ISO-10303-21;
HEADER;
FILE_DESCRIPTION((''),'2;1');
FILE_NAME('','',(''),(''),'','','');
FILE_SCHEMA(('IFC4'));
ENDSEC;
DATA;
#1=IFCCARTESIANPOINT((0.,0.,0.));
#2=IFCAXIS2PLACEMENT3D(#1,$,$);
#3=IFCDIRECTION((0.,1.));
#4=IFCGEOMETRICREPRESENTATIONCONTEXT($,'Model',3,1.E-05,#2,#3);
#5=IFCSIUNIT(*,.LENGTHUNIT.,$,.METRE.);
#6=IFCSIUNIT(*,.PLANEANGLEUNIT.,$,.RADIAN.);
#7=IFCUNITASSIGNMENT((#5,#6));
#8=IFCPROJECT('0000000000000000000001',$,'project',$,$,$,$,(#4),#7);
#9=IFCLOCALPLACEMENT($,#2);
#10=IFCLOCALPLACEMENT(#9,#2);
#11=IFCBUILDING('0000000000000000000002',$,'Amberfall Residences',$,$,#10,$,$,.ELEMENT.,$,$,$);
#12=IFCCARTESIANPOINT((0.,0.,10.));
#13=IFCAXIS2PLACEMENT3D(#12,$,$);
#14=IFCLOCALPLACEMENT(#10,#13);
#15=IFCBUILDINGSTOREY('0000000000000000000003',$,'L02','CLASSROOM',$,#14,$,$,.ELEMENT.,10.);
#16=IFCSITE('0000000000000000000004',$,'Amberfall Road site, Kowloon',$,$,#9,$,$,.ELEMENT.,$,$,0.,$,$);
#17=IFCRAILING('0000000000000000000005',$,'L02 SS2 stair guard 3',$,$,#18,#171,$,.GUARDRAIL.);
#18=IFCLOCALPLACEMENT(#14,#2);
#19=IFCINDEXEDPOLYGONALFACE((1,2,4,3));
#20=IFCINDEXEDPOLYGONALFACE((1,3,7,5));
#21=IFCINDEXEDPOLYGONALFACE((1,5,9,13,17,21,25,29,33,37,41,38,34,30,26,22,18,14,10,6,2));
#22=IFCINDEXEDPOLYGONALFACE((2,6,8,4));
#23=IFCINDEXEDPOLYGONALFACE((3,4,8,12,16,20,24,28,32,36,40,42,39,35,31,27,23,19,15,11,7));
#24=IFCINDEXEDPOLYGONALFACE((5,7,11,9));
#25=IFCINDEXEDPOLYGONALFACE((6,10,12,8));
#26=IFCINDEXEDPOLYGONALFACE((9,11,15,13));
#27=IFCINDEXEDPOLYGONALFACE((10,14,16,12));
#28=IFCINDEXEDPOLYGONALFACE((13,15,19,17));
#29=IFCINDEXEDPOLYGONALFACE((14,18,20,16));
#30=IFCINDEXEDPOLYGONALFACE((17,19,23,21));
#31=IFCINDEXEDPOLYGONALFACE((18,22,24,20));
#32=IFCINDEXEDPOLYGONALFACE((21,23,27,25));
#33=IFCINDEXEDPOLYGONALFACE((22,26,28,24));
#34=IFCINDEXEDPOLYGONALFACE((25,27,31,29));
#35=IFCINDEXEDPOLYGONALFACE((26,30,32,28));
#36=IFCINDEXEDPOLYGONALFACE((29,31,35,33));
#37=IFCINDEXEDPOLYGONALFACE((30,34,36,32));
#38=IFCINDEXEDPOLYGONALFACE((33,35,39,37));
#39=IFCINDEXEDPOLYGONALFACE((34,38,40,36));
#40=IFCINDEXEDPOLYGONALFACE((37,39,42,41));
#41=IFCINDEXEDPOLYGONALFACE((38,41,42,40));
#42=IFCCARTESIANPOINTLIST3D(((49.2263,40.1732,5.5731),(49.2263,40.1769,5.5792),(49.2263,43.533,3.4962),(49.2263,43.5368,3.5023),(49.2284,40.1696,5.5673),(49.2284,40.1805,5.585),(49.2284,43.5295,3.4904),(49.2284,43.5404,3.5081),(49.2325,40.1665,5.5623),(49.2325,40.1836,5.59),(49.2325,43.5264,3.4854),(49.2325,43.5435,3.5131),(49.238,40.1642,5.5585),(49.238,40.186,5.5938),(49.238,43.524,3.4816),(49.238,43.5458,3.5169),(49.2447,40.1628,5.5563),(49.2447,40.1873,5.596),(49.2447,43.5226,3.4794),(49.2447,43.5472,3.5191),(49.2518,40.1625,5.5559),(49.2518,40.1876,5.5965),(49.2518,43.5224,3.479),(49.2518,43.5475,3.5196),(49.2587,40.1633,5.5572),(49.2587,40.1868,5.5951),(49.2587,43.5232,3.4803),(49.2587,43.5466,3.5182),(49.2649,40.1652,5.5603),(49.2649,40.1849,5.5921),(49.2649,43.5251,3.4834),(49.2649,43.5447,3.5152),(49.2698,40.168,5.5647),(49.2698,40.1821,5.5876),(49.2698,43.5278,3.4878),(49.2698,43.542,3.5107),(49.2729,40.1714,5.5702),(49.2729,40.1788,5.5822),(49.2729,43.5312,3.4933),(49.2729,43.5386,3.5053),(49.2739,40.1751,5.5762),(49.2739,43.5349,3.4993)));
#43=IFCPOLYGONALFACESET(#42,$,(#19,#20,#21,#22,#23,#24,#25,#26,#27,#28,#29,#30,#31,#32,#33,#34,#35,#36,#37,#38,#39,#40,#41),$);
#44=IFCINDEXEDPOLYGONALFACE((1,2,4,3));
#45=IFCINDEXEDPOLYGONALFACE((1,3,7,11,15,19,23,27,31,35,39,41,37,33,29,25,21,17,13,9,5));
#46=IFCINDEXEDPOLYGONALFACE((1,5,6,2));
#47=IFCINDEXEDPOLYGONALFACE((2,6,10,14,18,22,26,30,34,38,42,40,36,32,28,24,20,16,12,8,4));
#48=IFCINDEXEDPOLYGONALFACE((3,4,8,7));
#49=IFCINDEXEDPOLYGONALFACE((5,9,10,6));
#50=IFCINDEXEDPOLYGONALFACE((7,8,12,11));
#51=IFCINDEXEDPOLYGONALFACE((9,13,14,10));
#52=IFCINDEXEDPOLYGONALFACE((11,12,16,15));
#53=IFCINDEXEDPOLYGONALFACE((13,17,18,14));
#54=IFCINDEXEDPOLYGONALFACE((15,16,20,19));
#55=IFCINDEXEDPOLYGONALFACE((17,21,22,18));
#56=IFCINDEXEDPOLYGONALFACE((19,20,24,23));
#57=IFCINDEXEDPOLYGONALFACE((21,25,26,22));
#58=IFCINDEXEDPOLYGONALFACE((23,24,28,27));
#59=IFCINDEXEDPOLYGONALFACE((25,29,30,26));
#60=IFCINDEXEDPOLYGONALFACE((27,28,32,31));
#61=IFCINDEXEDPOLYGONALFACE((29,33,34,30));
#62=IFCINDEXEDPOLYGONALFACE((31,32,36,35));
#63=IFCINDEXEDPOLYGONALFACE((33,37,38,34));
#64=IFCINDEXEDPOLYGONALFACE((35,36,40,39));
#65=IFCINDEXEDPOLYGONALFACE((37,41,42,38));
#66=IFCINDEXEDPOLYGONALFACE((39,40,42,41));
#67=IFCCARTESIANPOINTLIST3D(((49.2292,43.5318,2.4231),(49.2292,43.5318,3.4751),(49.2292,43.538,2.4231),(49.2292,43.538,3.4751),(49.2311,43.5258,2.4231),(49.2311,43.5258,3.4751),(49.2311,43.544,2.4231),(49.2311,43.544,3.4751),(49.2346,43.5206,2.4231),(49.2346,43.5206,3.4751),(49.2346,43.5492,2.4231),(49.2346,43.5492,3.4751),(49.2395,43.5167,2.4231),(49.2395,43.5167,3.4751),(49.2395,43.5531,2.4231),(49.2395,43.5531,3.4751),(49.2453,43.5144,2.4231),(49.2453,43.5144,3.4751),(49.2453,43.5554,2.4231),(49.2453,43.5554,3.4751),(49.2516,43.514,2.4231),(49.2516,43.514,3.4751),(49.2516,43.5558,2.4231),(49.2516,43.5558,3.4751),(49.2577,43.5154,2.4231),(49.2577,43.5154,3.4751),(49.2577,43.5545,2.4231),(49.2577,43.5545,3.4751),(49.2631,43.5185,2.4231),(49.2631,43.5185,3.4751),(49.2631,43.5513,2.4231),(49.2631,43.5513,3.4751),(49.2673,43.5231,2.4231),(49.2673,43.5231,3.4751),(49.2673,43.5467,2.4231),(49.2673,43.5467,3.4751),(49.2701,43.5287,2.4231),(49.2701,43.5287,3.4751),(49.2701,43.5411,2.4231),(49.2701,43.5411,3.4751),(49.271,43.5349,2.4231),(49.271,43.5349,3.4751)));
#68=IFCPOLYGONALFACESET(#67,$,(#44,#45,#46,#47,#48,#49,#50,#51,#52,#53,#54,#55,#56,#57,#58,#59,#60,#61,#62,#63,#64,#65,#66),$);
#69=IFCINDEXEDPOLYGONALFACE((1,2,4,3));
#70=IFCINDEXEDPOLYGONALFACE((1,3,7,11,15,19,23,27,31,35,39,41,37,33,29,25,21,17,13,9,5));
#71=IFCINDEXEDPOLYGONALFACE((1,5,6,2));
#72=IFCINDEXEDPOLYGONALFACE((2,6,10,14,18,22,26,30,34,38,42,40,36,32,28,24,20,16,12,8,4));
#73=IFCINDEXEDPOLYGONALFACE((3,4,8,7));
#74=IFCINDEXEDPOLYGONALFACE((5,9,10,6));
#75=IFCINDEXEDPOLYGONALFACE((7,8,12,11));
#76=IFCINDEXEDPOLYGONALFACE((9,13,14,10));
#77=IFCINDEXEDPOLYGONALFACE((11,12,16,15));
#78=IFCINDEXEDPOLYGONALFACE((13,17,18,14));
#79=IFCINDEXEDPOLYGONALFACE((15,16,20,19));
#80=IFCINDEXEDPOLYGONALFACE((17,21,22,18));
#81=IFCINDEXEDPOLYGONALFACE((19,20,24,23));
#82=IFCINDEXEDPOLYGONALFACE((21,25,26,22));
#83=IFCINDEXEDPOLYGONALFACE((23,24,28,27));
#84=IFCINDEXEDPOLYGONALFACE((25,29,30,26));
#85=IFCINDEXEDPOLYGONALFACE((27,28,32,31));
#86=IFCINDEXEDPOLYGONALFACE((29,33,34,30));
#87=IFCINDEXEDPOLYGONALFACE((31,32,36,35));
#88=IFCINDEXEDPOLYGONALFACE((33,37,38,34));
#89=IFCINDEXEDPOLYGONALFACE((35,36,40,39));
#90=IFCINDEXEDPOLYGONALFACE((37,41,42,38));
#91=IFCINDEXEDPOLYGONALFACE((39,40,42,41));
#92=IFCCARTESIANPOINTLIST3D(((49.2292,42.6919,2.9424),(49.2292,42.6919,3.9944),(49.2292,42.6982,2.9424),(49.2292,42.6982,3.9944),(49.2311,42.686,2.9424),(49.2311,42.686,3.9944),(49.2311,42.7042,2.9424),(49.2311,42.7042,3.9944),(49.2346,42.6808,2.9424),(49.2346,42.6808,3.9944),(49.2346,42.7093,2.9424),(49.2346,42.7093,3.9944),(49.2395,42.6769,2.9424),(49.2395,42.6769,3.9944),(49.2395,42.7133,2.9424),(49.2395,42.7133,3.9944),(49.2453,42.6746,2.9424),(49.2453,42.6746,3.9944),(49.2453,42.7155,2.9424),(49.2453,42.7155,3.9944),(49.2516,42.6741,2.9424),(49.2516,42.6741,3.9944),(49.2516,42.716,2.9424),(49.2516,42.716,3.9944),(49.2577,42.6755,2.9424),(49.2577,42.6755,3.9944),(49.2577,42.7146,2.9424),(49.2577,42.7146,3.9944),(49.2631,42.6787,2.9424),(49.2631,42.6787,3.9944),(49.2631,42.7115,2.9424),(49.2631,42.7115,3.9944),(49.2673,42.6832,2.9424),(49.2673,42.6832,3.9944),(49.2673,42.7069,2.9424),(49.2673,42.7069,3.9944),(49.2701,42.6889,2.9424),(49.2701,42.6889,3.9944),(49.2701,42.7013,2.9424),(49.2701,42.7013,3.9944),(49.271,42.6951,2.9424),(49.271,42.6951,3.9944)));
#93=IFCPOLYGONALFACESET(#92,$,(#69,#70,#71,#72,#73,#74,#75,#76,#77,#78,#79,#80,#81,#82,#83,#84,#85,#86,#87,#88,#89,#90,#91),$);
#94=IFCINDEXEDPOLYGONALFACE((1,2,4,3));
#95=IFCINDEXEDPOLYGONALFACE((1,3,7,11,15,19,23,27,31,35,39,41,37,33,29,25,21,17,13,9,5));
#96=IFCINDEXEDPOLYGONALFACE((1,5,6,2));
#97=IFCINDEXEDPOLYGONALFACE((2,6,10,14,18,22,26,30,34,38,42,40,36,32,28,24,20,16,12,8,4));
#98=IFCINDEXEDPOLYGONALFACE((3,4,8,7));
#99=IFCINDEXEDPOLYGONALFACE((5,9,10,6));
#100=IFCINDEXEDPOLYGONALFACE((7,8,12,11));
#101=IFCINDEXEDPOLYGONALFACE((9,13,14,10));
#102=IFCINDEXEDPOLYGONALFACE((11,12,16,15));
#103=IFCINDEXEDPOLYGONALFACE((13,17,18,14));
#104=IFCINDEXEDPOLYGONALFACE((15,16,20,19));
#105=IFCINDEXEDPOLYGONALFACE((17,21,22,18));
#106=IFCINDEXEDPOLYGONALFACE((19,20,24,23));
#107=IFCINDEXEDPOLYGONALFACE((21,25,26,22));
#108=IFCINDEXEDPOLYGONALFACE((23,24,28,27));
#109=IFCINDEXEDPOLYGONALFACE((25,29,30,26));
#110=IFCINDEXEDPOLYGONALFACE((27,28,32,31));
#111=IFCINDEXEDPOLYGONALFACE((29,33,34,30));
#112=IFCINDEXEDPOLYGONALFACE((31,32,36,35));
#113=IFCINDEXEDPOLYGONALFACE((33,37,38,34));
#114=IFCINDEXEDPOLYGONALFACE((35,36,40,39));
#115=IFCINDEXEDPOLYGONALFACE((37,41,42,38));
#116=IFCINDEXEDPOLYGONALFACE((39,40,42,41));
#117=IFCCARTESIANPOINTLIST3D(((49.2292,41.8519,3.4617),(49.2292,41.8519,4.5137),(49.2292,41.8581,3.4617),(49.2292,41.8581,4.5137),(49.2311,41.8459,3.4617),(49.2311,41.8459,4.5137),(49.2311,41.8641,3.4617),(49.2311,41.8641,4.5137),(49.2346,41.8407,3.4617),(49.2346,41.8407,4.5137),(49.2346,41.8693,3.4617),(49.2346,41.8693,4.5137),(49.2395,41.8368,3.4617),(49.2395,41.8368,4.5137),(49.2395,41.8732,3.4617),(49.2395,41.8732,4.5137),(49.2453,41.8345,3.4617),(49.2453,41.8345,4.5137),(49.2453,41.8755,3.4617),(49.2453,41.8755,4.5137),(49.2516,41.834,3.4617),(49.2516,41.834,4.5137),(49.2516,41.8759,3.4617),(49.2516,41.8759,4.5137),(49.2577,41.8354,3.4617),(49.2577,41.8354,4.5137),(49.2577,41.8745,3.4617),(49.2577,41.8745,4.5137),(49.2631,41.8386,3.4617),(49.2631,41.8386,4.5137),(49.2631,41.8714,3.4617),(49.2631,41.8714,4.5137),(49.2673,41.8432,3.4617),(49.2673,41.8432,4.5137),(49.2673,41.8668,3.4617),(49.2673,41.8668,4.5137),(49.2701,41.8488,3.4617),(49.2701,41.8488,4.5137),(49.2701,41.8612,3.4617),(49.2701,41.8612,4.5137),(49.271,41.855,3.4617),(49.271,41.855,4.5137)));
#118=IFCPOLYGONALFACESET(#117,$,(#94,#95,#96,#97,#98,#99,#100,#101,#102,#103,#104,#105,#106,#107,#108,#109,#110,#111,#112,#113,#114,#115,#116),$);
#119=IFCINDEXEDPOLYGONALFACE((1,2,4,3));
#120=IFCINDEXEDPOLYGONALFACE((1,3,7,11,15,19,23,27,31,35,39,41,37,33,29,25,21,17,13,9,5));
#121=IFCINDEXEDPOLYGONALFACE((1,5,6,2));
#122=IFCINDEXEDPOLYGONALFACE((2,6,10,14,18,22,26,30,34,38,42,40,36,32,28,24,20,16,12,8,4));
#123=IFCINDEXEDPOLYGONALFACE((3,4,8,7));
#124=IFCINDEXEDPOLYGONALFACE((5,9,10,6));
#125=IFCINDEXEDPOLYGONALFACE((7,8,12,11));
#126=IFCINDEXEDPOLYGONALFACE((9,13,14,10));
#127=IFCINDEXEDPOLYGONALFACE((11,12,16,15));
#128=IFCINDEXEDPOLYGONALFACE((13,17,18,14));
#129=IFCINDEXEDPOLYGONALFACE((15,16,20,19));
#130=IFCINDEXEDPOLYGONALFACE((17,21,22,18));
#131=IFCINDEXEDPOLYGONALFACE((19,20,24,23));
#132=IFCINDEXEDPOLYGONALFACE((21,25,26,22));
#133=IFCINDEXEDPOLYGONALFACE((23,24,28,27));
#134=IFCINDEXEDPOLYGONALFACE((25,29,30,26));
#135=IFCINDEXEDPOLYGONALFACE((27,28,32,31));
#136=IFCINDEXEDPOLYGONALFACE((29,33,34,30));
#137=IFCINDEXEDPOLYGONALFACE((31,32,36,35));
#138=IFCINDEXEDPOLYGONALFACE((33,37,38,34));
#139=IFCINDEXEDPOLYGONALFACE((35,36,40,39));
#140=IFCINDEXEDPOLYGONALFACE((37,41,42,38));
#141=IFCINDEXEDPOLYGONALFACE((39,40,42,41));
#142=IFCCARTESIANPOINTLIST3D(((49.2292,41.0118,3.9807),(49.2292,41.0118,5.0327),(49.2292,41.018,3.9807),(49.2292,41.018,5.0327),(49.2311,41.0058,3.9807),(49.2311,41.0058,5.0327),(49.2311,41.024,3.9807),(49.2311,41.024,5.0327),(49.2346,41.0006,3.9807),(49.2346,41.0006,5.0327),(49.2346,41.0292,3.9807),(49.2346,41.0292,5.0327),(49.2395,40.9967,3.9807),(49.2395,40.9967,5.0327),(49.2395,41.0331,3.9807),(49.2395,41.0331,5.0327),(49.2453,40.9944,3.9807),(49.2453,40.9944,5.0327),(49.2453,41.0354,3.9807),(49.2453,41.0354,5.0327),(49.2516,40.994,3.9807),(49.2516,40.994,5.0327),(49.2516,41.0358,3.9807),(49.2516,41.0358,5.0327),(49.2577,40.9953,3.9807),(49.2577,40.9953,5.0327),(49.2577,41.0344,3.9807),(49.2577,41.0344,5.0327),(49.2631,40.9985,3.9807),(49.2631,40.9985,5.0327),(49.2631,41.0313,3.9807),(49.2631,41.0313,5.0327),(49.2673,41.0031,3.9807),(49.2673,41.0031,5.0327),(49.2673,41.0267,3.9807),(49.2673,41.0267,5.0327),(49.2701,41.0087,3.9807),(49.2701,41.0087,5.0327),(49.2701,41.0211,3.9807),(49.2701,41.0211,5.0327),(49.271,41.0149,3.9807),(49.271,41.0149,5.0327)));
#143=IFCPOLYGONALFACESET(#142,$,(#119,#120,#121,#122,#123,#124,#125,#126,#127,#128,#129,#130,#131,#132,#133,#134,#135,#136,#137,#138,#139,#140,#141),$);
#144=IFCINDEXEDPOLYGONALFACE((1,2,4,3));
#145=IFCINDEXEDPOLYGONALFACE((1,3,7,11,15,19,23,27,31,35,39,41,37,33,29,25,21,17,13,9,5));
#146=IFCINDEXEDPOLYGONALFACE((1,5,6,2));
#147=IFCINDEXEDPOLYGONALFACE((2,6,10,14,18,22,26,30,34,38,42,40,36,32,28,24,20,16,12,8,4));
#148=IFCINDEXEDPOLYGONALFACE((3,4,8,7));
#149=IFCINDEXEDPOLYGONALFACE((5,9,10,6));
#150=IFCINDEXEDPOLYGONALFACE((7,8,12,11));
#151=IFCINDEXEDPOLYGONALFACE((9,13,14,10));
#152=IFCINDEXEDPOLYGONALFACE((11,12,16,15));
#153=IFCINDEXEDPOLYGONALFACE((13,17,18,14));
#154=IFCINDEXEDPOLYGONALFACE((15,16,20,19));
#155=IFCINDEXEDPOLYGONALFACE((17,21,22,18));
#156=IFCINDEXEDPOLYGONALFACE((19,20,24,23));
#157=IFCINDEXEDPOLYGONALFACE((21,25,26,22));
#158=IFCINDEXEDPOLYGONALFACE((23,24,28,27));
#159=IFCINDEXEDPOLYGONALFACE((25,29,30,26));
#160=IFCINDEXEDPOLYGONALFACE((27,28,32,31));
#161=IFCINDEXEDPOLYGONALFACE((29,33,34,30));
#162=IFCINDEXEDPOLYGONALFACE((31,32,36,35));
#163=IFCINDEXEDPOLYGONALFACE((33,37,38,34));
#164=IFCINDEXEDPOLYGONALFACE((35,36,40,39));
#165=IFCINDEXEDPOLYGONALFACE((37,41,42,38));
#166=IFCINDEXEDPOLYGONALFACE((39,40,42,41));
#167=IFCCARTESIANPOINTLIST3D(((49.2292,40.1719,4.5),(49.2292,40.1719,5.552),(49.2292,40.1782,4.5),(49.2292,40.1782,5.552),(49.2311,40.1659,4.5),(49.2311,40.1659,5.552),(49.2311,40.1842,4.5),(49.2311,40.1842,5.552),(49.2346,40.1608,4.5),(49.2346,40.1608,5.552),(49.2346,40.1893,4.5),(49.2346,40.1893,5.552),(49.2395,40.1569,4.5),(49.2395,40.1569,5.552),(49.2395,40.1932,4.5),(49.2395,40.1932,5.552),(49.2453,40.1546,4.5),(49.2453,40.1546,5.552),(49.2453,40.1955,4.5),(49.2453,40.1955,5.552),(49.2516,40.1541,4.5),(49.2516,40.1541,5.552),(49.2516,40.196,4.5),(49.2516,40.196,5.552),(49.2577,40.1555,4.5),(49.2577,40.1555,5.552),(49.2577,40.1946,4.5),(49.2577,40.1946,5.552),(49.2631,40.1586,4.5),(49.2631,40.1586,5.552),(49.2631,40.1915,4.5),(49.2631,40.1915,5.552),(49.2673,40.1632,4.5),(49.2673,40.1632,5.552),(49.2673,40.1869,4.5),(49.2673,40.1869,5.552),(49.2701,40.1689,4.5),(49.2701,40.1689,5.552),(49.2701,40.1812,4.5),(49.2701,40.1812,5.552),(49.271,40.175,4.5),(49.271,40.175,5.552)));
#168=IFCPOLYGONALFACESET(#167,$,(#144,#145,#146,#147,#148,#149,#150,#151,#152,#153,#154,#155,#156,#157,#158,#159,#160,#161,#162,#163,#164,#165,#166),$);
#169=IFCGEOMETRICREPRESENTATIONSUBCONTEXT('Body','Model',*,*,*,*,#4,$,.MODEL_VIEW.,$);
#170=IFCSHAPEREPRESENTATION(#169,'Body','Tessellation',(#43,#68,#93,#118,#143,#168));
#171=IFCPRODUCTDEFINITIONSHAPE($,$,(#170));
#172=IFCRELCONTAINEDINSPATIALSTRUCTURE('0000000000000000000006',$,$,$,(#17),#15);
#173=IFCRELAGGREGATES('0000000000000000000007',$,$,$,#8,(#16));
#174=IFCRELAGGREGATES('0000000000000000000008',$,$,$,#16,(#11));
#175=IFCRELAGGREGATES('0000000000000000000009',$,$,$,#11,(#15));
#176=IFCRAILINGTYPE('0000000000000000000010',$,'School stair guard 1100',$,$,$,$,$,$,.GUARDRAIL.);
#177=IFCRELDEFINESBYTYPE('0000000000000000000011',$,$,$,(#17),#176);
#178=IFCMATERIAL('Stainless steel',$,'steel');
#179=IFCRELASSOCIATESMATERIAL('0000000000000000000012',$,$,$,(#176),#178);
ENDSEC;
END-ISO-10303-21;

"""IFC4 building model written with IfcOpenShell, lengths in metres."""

from ifc_helpers import new_model, si_unit, direction, frame, origin, origin_2d, place, context, subcontext, project, spatial, circle, extrude, material, type_object, element, save


model = new_model("IFC4")

# Units and contexts
model_context = context("Model", 3, precision=1e-05, world=origin(), true_north=direction((0.0, 1.0)))
body_context = subcontext(model_context, "Body", "Model", "MODEL_VIEW")
ifc_project = project(units=[si_unit("LENGTHUNIT", "METRE"), si_unit("PLANEANGLEUNIT", "RADIAN")], contexts=[model_context])

# Site, building, storey
site_placement = place(None, origin())
site = spatial("IfcSite", under=ifc_project, at=site_placement, Name="Amberfall Road site, Kowloon", CompositionType="ELEMENT", RefElevation=0.0)
building_placement = place(site_placement, origin())
building = spatial("IfcBuilding", under=site, at=building_placement, Name="Amberfall Residences", CompositionType="ELEMENT")
storey_placement = place(building_placement, frame((0.0, 0.0, 10.0)))
storey = spatial("IfcBuildingStorey", under=building, at=storey_placement, Name="L02", Description="CLASSROOM", CompositionType="ELEMENT", Elevation=10.0)

# Railing
ifc_material_1 = material(Name="Stainless steel", Category="steel")
railing_type_1 = type_object("IfcRailingType", Name="School stair guard 1100", PredefinedType="GUARDRAIL", material=ifc_material_1)
railing_1_placement = place(storey_placement, frame((49.25, 43.5349, 2.4231)))
element("IfcRailing", 1, at=railing_1_placement, inside=storey, type_object=railing_type_1, Name="L02 SS2 stair guard 3", PredefinedType="GUARDRAIL", context=body_context, shape_type="SweptSolid", body=[
    extrude(circle(Radius=0.0239, at=origin_2d()), frame((0.0, 0.0, 1.0762), z_axis=(0.0, -0.850606, 0.525803), x_axis=(1.0, 0.0, 0.0)), (0.0, 0.0, 1.0), 3.95),
    extrude(circle(Radius=0.021, at=origin_2d()), origin(), (0.0, 0.0, 1.0), 1.052),
    extrude(circle(Radius=0.021, at=origin_2d()), frame((0.0, -0.8398, 0.5193)), (0.0, 0.0, 1.0), 1.052),
    extrude(circle(Radius=0.021, at=origin_2d()), frame((0.0, -1.6799, 1.0386)), (0.0, 0.0, 1.0), 1.052),
    extrude(circle(Radius=0.021, at=origin_2d()), frame((0.0, -2.52, 1.5576)), (0.0, 0.0, 1.0), 1.052),
    extrude(circle(Radius=0.021, at=origin_2d()), frame((0.0, -3.3599, 2.0769)), (0.0, 0.0, 1.0), 1.052),
])

save(model, "model.ifc")
